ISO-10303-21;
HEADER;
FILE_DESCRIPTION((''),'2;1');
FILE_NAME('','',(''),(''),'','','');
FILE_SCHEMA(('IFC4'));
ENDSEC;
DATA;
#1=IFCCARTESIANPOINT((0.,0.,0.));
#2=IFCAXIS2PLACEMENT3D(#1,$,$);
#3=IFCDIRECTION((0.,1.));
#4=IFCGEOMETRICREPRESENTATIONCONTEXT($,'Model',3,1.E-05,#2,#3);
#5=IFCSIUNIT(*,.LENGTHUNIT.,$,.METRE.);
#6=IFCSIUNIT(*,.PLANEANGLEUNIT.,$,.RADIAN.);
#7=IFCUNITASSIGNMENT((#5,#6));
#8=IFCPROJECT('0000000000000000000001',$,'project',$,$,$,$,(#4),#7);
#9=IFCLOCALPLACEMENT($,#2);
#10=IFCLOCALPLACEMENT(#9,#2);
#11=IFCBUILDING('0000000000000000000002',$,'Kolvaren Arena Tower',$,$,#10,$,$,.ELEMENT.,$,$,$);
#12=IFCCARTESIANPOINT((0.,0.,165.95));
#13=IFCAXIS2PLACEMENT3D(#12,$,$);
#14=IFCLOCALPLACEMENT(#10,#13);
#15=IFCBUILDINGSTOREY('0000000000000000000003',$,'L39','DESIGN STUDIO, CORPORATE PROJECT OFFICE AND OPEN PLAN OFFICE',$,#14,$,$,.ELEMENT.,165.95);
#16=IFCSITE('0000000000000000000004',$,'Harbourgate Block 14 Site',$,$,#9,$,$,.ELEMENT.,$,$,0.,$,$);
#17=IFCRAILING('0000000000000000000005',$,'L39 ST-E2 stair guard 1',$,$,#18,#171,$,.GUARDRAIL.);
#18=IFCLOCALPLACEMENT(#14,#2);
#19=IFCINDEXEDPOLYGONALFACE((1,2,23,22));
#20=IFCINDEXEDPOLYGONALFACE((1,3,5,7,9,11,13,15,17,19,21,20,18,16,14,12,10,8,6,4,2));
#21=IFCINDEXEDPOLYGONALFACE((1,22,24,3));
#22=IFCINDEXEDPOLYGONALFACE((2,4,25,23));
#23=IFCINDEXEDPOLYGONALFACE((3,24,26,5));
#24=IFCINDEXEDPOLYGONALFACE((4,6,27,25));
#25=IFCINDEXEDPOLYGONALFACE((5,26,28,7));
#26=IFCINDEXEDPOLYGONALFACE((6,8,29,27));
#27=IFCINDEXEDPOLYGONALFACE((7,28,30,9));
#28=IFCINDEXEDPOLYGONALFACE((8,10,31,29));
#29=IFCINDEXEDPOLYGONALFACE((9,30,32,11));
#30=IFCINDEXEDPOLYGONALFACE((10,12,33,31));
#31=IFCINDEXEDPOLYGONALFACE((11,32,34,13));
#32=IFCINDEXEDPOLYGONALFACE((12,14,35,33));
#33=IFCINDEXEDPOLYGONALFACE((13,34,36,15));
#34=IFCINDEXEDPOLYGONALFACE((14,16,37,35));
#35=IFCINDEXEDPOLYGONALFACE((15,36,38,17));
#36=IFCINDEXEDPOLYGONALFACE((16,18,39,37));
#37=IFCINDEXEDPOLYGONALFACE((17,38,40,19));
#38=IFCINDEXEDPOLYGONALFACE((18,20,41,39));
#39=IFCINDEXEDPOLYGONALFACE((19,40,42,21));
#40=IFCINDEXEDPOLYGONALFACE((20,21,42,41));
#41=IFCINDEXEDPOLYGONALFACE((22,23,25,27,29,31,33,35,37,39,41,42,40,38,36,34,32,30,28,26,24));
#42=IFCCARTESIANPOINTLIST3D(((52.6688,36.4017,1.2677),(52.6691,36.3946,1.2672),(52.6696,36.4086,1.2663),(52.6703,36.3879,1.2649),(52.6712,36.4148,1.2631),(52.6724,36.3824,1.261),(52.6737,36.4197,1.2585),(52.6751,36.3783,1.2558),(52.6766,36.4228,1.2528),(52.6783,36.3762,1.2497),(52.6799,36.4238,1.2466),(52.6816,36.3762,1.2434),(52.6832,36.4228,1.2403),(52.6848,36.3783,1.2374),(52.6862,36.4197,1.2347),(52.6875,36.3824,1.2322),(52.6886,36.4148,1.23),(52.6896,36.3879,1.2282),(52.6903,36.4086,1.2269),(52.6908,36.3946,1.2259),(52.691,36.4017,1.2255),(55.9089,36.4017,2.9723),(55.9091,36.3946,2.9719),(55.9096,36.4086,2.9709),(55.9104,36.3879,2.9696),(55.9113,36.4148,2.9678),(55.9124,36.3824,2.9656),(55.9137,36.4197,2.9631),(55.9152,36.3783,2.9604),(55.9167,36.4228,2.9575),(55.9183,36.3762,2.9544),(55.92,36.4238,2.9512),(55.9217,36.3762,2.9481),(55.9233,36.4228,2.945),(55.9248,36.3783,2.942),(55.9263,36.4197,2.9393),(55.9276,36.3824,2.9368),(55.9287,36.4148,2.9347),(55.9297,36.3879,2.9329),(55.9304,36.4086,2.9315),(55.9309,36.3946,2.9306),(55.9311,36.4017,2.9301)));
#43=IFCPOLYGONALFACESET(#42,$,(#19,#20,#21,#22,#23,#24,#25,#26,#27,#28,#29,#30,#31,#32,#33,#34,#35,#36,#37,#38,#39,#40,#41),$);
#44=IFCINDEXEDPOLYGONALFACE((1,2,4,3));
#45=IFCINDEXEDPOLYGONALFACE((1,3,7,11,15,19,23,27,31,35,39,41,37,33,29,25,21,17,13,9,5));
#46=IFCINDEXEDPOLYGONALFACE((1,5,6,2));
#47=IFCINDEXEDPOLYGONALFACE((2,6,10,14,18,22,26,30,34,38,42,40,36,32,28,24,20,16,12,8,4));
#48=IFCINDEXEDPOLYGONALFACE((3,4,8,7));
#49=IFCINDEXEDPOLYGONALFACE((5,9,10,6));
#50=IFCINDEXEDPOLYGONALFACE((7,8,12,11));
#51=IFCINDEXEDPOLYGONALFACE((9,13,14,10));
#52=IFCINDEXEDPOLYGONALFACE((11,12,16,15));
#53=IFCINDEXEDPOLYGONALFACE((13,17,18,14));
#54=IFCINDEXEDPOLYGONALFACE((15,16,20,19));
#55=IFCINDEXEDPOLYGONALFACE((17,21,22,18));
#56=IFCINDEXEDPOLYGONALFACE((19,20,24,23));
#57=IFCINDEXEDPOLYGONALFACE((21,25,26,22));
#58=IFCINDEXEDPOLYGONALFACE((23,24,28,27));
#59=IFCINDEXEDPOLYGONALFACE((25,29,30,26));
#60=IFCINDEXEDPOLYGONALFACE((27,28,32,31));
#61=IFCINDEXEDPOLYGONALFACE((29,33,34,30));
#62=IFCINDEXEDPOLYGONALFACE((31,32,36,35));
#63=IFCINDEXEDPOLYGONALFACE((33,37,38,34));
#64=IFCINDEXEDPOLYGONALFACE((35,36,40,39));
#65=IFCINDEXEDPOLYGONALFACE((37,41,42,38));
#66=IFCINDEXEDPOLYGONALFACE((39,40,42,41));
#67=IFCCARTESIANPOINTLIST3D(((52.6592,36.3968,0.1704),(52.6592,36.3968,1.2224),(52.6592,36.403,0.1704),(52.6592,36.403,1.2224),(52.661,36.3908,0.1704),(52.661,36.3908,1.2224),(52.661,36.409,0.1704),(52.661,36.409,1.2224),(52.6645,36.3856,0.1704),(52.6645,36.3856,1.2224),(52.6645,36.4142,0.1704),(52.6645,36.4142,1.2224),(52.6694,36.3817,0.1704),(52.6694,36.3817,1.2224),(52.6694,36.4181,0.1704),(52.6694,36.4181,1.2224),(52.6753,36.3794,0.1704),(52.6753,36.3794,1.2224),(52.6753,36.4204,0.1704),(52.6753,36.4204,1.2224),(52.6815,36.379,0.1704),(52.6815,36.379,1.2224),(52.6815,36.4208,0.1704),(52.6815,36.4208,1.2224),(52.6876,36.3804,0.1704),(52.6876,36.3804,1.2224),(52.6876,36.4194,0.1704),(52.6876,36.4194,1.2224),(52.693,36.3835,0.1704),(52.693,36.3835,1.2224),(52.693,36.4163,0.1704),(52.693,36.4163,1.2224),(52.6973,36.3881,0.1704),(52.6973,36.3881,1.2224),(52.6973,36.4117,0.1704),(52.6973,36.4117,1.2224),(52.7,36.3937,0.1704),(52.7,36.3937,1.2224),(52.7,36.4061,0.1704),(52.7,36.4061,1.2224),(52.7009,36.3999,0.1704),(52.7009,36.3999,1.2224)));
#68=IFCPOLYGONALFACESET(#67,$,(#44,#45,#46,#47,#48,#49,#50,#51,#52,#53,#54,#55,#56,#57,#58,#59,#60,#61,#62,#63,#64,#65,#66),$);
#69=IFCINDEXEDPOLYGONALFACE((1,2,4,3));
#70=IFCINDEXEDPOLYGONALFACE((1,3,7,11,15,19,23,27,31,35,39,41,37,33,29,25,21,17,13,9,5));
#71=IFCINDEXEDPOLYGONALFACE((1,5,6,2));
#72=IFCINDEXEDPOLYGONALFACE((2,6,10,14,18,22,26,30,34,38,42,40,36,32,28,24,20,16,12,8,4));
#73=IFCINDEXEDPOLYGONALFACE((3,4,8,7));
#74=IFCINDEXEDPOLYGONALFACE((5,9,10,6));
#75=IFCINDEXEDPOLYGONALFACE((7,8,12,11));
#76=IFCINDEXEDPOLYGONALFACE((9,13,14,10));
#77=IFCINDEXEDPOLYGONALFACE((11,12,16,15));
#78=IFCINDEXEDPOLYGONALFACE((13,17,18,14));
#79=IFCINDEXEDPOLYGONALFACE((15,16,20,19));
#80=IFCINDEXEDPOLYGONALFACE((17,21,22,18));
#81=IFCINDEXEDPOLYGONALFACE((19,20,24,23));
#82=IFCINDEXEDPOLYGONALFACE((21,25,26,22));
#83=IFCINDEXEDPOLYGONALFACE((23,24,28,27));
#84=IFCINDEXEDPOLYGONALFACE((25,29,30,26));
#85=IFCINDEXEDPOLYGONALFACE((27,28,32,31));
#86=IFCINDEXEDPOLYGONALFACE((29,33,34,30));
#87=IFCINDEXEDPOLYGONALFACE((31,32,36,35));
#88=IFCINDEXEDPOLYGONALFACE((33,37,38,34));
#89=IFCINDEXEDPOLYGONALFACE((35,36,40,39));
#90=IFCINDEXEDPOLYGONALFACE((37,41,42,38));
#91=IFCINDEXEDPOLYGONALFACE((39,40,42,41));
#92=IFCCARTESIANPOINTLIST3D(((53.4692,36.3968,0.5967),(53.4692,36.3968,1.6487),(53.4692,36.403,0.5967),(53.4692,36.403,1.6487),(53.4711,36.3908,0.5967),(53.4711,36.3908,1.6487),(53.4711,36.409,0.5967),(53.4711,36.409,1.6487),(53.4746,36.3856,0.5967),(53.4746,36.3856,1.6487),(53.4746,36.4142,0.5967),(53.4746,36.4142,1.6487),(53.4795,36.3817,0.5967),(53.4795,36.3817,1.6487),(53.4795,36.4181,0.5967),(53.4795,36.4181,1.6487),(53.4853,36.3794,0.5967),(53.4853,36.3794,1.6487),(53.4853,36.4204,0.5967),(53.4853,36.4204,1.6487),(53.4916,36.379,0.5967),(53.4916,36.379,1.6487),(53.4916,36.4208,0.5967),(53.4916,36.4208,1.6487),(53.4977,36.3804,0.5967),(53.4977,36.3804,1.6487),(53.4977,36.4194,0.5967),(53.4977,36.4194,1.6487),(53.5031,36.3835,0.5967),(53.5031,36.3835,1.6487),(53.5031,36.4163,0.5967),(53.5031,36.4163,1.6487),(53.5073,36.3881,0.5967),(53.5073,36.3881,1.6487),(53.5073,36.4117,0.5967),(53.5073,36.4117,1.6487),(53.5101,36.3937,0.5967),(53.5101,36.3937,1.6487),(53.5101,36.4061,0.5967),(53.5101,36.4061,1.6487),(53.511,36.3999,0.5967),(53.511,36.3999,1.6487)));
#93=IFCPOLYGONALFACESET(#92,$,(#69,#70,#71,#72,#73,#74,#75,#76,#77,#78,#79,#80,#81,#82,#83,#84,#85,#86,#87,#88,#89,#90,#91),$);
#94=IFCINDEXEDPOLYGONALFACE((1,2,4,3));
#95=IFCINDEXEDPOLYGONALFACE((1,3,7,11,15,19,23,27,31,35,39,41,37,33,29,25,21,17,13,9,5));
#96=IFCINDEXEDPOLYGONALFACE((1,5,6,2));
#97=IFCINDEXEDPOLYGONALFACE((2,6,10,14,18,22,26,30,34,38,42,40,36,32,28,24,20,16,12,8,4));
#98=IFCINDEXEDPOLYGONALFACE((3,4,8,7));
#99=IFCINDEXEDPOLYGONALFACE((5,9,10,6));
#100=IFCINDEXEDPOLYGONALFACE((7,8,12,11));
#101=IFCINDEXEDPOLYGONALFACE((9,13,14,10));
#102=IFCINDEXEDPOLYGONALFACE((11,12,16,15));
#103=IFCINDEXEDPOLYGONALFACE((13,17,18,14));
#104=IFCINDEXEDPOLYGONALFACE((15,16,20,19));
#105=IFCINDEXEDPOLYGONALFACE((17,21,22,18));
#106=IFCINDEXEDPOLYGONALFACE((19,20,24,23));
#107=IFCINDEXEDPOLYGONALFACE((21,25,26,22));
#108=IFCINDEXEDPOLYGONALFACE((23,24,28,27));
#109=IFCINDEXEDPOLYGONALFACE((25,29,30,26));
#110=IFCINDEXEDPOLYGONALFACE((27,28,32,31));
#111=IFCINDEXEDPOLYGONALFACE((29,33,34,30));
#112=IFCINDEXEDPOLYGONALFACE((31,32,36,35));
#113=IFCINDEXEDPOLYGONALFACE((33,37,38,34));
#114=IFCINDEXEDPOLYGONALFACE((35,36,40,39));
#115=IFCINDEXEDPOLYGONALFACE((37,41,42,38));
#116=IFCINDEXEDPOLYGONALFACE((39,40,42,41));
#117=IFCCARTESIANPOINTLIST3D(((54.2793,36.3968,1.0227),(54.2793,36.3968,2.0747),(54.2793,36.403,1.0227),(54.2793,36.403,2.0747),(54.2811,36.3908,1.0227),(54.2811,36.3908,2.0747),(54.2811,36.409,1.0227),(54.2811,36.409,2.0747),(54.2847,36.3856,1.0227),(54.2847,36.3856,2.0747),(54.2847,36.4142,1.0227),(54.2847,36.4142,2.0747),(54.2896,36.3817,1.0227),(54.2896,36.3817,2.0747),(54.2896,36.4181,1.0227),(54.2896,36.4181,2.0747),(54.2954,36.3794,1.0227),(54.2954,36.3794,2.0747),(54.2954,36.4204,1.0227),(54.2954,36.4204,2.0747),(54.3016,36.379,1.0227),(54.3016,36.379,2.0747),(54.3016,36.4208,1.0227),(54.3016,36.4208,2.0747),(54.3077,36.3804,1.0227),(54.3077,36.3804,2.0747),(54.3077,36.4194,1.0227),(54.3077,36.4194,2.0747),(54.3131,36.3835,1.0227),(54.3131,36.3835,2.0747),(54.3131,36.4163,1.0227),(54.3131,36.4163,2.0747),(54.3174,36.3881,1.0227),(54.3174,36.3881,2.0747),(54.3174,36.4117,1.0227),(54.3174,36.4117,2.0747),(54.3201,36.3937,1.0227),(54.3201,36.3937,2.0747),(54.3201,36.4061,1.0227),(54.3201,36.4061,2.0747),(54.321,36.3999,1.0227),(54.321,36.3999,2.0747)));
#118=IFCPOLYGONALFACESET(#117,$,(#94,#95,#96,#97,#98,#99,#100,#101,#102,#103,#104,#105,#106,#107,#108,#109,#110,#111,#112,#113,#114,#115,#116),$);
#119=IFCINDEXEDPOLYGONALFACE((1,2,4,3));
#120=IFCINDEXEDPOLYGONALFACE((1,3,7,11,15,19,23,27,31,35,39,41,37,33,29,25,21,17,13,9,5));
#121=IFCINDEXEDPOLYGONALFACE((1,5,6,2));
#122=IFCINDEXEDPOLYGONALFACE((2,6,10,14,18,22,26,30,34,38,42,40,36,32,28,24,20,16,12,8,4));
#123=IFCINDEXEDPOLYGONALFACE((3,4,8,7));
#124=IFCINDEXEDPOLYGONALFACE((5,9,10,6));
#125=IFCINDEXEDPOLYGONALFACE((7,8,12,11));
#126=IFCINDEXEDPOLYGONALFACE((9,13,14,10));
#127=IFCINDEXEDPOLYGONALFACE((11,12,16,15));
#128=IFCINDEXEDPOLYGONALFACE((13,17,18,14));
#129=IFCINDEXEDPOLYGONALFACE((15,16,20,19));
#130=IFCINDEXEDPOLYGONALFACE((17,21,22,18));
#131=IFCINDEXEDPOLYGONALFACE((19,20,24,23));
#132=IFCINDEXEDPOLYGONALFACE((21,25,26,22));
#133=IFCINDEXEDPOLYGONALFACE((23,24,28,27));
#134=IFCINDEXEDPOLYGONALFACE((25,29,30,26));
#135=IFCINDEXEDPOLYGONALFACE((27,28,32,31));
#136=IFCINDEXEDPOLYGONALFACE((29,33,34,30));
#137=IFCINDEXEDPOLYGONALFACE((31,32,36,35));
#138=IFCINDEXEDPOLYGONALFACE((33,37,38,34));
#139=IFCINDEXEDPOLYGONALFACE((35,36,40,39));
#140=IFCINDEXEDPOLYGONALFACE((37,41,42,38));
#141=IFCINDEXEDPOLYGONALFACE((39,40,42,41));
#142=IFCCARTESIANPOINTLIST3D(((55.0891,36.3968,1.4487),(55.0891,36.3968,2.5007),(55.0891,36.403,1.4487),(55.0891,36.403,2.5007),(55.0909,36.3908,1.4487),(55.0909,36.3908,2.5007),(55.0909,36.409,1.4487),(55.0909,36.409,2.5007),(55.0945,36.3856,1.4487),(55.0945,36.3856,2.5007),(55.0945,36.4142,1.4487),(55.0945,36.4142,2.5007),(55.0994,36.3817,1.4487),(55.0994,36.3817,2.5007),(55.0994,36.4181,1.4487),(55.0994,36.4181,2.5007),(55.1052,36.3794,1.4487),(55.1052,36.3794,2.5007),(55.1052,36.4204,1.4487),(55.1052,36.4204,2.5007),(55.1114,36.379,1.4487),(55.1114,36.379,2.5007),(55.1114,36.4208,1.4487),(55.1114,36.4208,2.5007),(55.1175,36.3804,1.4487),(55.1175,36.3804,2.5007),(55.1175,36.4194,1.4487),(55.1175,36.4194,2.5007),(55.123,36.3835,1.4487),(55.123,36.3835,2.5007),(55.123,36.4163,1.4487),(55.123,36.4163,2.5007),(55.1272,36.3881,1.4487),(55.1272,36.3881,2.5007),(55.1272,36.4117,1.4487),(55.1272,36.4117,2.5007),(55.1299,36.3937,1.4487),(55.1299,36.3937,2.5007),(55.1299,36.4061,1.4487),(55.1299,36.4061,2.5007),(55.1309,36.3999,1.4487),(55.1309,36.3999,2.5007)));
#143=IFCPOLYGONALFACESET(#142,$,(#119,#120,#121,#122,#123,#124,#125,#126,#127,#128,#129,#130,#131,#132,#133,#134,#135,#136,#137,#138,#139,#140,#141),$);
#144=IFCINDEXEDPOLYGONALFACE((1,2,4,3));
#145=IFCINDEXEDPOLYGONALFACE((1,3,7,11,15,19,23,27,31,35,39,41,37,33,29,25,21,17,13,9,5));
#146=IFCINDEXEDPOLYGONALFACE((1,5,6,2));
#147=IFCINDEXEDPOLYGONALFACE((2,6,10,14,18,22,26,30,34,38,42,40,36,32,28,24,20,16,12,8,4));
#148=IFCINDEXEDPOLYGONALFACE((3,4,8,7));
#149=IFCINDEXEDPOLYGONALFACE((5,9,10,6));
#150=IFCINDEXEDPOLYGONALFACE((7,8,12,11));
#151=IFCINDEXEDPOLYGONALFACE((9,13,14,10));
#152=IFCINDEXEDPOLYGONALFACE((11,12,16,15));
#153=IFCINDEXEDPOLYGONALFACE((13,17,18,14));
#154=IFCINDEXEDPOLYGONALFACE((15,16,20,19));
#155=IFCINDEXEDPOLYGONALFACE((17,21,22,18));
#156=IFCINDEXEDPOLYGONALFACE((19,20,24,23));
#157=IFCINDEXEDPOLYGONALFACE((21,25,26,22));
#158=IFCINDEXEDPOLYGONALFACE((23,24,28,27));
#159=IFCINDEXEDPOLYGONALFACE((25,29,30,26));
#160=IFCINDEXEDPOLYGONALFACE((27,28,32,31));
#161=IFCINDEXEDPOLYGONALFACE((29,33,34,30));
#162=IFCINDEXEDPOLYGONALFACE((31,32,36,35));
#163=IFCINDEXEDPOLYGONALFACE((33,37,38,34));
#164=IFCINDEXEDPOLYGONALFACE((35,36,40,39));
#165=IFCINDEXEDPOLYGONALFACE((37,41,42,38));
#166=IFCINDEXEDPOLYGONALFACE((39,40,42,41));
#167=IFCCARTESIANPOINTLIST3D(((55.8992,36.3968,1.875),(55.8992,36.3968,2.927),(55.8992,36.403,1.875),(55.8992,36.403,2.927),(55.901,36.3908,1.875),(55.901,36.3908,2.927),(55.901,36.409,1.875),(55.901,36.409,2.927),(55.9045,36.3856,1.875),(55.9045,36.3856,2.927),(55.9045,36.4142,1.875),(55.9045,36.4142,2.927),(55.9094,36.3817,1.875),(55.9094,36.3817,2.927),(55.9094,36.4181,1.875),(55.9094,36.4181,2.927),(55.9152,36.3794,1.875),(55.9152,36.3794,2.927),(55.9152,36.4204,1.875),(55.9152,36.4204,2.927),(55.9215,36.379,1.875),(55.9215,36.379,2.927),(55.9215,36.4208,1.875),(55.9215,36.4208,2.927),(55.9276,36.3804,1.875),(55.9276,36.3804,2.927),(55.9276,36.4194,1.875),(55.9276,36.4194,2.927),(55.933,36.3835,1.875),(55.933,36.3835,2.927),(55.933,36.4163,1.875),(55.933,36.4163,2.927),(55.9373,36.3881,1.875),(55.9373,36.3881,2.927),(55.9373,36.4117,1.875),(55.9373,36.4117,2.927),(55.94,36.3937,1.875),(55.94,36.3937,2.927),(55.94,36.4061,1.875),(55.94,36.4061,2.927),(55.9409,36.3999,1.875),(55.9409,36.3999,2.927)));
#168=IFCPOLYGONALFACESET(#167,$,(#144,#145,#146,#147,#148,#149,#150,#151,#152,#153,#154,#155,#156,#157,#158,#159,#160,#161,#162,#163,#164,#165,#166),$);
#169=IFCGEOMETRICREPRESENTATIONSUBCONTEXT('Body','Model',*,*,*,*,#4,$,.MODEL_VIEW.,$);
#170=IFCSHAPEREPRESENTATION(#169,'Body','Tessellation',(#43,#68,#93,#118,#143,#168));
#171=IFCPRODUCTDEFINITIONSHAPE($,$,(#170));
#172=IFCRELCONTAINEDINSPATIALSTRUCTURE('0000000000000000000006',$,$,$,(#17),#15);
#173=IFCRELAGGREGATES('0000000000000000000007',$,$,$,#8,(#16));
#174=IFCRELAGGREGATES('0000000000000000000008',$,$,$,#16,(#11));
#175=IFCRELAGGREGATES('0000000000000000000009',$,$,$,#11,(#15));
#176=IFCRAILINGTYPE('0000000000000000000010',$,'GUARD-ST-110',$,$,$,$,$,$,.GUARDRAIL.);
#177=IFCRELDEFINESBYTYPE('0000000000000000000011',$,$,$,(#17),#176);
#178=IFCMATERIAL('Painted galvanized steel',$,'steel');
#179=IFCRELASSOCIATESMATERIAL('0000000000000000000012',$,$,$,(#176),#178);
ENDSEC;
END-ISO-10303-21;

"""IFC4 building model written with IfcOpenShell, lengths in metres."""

from ifc_helpers import new_model, si_unit, direction, frame, origin, origin_2d, place, context, subcontext, project, spatial, circle, extrude, material, type_object, element, save


model = new_model("IFC4")

# Units and contexts
model_context = context("Model", 3, precision=1e-05, world=origin(), true_north=direction((0.0, 1.0)))
body_context = subcontext(model_context, "Body", "Model", "MODEL_VIEW")
ifc_project = project(units=[si_unit("LENGTHUNIT", "METRE"), si_unit("PLANEANGLEUNIT", "RADIAN")], contexts=[model_context])

# Site, building, storey
site_placement = place(None, origin())
site = spatial("IfcSite", under=ifc_project, at=site_placement, Name="Harbourgate Block 14 Site", CompositionType="ELEMENT", RefElevation=0.0)
building_placement = place(site_placement, origin())
building = spatial("IfcBuilding", under=site, at=building_placement, Name="Kolvaren Arena Tower", CompositionType="ELEMENT")
storey_placement = place(building_placement, frame((0.0, 0.0, 165.95)))
storey = spatial("IfcBuildingStorey", under=building, at=storey_placement, Name="L39", Description="DESIGN STUDIO, CORPORATE PROJECT OFFICE AND OPEN PLAN OFFICE", CompositionType="ELEMENT", Elevation=165.95)

# Railing
ifc_material_1 = material(Name="Painted galvanized steel", Category="steel")
railing_type_1 = type_object("IfcRailingType", Name="GUARD-ST-110", PredefinedType="GUARDRAIL", material=ifc_material_1)
railing_1_placement = place(storey_placement, frame((52.6799, 36.3999, 0.1704)))
element("IfcRailing", 1, at=railing_1_placement, inside=storey, type_object=railing_type_1, Name="L39 ST-E2 stair guard 1", PredefinedType="GUARDRAIL", context=body_context, shape_type="SweptSolid", body=[
    extrude(circle(Radius=0.0239, at=origin_2d()), frame((0.0, 0.0, 1.0762), z_axis=(0.884993, 0.0, 0.465604), x_axis=(0.0, 1.0, 0.0)), (0.0, 0.0, 1.0), 3.6611),
    extrude(circle(Radius=0.021, at=origin_2d()), origin(), (0.0, 0.0, 1.0), 1.052),
    extrude(circle(Radius=0.021, at=origin_2d()), frame((0.8101, 0.0, 0.4263)), (0.0, 0.0, 1.0), 1.052),
    extrude(circle(Radius=0.021, at=origin_2d()), frame((1.6201, 0.0, 0.8523)), (0.0, 0.0, 1.0), 1.052),
    extrude(circle(Radius=0.021, at=origin_2d()), frame((2.4299, 0.0, 1.2783)), (0.0, 0.0, 1.0), 1.052),
    extrude(circle(Radius=0.021, at=origin_2d()), frame((3.24, 0.0, 1.7046)), (0.0, 0.0, 1.0), 1.052),
])

save(model, "model.ifc")
